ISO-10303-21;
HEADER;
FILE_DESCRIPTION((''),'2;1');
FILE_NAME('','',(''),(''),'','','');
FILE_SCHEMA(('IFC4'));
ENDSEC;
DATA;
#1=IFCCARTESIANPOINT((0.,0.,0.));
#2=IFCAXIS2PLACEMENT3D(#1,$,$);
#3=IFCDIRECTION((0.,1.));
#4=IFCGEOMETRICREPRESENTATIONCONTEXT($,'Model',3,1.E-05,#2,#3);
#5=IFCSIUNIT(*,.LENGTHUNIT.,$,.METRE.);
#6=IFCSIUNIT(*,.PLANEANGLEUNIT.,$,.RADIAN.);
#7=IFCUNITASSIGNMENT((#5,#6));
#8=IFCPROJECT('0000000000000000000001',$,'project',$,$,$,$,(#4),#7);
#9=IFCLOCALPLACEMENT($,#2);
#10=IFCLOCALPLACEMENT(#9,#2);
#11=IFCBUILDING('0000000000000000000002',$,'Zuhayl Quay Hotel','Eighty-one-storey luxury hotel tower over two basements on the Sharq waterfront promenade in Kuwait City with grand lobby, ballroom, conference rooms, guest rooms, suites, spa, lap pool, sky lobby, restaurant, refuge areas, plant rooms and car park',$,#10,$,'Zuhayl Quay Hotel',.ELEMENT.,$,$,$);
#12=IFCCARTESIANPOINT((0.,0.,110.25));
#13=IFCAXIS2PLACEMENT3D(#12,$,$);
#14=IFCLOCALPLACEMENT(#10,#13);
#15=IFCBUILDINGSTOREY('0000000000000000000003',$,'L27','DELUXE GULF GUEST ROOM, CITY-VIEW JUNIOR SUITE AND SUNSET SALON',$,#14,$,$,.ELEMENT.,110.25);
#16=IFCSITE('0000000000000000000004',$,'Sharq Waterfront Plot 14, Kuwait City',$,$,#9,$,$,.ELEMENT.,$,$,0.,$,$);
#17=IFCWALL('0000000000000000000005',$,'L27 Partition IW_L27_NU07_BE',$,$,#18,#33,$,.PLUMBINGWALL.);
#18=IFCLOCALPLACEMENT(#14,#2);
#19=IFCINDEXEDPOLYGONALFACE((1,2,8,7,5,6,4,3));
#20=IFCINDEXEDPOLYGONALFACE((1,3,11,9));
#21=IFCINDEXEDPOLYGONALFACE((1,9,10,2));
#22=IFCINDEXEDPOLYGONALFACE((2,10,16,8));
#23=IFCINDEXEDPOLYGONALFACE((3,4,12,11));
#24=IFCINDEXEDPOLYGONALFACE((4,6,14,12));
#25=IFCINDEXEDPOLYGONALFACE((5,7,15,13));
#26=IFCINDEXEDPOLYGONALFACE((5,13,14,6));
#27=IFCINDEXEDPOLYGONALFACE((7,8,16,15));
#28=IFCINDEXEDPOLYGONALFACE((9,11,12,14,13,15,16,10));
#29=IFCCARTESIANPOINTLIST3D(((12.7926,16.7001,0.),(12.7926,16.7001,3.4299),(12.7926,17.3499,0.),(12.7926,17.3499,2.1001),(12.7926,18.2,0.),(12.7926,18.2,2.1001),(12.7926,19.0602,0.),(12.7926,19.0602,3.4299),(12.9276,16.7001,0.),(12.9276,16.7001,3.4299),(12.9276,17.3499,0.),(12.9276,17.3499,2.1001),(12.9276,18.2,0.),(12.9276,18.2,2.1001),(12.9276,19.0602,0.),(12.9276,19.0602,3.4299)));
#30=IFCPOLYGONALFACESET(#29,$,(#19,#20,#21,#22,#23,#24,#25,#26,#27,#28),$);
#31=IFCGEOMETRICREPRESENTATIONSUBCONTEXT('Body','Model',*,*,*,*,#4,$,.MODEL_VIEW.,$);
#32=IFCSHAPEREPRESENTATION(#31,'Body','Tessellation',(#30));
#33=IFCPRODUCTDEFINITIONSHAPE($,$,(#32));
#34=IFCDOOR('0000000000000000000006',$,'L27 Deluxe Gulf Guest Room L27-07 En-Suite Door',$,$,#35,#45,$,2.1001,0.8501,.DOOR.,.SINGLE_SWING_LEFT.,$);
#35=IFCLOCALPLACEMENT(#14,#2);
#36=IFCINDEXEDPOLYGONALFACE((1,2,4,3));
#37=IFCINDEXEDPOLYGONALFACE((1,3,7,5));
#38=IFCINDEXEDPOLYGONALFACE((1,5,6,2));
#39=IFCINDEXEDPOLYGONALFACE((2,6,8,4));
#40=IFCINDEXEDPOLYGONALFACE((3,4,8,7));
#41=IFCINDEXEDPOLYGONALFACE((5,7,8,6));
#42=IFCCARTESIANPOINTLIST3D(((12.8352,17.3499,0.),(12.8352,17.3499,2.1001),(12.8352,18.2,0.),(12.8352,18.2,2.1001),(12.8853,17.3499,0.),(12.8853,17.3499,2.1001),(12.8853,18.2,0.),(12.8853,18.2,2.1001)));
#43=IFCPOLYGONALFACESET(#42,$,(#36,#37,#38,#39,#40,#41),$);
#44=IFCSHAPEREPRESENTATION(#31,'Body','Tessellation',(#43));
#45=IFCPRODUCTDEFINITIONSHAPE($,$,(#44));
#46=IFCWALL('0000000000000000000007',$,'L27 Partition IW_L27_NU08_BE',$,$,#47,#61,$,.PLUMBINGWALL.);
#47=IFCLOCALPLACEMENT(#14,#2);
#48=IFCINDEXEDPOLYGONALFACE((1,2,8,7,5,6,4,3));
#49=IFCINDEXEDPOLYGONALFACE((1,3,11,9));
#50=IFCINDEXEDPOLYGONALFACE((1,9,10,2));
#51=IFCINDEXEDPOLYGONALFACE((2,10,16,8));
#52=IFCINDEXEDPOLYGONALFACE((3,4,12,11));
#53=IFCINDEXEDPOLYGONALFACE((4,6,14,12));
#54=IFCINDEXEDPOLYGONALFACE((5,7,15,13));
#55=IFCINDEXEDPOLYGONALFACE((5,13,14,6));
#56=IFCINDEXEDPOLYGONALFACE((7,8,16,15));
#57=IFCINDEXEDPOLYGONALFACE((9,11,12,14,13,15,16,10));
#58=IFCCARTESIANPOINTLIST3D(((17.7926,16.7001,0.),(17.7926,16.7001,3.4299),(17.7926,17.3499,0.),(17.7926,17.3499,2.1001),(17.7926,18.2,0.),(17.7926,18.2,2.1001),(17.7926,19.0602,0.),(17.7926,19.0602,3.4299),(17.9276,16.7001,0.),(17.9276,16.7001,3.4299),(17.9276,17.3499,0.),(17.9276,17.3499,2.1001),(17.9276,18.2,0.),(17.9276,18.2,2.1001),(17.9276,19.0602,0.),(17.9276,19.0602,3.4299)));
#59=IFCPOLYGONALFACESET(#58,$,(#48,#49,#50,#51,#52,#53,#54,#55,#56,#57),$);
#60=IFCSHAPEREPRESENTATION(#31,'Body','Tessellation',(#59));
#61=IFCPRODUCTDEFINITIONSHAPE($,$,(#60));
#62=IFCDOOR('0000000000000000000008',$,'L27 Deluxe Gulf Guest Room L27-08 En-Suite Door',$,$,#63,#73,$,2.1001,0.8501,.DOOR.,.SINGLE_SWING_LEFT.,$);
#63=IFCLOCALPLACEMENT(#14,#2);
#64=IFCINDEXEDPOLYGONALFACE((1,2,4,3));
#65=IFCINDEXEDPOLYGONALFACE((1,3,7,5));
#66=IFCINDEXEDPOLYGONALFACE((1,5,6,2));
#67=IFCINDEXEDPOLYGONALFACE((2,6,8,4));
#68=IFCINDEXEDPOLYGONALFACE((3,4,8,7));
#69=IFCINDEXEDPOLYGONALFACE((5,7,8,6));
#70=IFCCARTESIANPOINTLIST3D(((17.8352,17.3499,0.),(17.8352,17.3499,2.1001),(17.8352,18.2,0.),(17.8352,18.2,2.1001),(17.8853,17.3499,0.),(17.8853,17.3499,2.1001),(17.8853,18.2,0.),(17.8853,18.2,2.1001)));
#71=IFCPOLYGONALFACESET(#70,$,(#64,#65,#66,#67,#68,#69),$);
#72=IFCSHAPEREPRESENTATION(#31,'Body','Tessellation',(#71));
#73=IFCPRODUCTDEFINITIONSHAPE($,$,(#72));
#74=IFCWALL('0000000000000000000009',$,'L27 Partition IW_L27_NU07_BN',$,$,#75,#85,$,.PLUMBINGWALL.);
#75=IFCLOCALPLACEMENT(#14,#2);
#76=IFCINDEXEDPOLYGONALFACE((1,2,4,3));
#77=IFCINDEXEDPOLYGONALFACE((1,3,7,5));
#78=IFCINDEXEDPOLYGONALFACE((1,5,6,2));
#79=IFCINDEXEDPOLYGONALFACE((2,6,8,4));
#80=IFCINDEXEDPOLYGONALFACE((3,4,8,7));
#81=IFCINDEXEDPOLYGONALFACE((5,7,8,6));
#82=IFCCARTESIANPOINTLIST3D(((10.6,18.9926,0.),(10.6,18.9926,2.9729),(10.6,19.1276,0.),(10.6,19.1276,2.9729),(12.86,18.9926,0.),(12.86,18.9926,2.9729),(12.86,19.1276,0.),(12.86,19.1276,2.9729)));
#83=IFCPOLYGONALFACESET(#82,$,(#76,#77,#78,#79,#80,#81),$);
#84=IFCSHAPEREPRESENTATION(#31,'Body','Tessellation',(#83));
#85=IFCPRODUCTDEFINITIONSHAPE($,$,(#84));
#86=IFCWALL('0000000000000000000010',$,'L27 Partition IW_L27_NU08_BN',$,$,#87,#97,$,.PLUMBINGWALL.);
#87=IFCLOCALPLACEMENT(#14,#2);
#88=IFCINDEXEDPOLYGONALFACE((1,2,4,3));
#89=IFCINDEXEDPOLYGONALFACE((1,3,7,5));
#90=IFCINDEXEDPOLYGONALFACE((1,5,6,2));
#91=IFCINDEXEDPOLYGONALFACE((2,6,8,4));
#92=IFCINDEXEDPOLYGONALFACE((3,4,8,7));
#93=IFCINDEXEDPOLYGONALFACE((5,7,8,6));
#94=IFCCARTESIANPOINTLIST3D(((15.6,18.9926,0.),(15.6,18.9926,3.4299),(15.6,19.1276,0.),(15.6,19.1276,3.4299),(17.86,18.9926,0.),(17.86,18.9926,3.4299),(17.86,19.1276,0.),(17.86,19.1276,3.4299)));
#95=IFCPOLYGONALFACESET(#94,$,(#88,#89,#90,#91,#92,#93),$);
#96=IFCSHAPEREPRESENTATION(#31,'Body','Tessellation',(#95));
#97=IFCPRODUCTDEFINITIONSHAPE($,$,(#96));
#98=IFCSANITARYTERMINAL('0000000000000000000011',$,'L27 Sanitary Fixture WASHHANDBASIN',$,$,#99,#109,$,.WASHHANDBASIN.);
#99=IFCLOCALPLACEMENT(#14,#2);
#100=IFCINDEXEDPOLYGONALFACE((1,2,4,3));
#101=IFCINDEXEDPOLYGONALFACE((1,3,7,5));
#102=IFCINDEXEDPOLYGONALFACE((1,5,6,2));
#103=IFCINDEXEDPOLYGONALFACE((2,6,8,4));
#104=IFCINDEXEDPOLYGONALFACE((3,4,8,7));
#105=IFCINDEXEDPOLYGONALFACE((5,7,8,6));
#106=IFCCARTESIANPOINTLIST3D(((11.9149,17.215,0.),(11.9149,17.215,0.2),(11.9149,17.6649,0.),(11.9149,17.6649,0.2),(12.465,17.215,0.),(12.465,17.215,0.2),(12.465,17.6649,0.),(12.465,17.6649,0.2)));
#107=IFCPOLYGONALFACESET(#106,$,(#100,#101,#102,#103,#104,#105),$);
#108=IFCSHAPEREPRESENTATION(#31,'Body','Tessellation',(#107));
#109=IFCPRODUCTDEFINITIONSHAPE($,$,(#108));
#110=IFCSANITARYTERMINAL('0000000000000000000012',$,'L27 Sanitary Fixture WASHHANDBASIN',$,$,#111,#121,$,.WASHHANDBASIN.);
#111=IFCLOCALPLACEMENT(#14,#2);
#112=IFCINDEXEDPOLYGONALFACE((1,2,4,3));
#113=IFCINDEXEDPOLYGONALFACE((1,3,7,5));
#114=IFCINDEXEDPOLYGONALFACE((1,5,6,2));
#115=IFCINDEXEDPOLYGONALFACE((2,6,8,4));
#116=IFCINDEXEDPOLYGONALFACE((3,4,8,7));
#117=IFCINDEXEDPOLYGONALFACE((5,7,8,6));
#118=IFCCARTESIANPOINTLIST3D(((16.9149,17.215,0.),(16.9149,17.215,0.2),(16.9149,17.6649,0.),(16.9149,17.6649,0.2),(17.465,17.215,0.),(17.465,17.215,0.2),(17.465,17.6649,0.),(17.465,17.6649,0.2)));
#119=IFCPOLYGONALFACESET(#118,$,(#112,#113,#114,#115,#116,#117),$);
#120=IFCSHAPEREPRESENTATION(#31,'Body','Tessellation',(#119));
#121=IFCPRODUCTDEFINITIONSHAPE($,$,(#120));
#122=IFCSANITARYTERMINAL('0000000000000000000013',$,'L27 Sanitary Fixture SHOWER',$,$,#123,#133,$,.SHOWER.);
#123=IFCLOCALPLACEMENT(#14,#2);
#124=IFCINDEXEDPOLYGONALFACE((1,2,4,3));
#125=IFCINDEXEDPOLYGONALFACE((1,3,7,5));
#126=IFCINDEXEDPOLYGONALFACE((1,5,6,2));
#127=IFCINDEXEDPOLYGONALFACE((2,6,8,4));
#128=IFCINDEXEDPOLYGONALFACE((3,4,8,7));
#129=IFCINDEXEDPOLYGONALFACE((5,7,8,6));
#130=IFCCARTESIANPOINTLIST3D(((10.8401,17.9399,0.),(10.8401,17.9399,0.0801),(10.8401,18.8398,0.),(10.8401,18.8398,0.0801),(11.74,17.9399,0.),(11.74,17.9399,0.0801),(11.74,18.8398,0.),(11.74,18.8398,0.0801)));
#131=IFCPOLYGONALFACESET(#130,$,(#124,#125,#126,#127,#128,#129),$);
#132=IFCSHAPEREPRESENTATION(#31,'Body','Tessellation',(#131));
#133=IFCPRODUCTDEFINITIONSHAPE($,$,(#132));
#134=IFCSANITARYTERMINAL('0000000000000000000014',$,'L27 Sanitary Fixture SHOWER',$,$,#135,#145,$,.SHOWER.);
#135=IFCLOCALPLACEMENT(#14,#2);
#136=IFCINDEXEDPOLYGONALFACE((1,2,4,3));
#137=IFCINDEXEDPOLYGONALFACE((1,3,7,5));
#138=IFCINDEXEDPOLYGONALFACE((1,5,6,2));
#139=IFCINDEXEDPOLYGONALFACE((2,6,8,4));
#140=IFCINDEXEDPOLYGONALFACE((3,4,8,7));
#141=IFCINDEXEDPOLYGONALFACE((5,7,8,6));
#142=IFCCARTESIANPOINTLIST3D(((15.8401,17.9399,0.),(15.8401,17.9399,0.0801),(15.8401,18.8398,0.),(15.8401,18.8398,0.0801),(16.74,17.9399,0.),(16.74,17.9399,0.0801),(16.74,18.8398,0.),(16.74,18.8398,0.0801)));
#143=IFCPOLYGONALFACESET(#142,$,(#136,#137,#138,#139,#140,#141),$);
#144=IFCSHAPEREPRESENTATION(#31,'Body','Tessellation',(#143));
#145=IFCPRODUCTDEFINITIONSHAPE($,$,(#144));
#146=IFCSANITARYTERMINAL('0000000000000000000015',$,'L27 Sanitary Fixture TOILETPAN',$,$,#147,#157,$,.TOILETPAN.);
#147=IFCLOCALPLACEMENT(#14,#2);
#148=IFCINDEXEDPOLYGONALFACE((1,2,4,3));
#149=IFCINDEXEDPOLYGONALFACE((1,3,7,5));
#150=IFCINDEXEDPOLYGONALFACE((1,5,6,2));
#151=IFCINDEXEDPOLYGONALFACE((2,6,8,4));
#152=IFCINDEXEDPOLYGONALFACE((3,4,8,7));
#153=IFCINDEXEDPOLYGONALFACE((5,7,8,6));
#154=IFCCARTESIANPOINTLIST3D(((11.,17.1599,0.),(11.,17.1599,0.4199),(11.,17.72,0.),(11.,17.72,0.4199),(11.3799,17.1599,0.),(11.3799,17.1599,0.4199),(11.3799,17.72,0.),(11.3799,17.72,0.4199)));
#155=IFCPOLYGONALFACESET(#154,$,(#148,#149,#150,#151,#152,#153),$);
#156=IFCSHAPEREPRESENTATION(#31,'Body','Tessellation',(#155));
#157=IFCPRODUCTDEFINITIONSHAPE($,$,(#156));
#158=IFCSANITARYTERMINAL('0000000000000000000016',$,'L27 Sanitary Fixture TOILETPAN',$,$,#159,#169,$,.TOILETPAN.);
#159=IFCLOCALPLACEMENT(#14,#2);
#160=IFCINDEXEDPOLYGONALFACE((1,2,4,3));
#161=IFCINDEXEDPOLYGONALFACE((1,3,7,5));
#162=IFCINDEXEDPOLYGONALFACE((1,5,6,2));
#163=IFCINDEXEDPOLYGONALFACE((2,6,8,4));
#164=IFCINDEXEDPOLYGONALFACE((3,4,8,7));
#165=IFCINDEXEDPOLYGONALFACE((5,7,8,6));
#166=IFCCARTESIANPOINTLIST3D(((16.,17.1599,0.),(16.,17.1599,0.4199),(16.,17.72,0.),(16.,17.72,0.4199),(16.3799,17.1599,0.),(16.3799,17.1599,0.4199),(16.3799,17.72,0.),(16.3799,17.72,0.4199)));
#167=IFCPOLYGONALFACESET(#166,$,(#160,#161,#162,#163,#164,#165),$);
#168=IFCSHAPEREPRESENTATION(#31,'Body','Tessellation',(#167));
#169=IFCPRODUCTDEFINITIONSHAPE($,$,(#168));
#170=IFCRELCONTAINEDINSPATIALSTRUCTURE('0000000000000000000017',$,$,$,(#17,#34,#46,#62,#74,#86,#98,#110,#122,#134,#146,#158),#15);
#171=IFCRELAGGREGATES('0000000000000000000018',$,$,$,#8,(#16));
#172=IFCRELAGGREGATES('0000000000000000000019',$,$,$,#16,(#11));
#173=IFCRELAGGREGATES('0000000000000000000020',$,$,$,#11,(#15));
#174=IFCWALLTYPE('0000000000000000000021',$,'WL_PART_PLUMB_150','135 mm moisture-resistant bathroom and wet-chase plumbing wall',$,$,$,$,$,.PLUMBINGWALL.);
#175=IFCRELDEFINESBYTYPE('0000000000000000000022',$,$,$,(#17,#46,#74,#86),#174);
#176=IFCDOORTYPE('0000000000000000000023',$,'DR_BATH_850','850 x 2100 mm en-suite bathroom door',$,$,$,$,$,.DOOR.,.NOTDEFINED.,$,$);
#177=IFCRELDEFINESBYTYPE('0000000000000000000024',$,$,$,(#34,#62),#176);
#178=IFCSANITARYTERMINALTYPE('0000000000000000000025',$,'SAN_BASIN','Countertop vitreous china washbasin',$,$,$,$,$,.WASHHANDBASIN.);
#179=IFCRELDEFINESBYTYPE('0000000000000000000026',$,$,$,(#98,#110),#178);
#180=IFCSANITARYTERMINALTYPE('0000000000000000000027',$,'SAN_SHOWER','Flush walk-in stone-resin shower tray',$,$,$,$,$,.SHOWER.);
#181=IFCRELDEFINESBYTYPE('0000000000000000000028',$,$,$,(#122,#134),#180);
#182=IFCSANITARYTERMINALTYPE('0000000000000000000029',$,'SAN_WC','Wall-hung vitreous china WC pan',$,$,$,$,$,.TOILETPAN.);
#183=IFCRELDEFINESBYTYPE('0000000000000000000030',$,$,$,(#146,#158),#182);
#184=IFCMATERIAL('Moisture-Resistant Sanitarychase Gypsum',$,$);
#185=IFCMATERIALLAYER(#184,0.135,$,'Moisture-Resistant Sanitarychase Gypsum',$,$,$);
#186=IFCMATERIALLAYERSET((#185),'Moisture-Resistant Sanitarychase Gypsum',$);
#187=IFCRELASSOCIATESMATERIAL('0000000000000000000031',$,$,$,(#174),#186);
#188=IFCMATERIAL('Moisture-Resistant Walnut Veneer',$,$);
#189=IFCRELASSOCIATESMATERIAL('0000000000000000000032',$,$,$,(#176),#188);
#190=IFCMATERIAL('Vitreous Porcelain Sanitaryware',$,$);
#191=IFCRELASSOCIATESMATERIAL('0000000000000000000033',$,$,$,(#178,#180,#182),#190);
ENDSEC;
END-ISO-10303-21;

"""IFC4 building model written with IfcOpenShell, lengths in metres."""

from ifc_helpers import new_model, si_unit, direction, frame, frame_2d, origin, origin_2d, place, context, subcontext, project, spatial, rectangle, extrude, material, layer, layer_set, type_object, element, fill, save


model = new_model("IFC4")

# Units and contexts
model_context = context("Model", 3, precision=1e-05, world=origin(), true_north=direction((0.0, 1.0)))
body_context = subcontext(model_context, "Body", "Model", "MODEL_VIEW")
ifc_project = project(units=[si_unit("LENGTHUNIT", "METRE"), si_unit("PLANEANGLEUNIT", "RADIAN")], contexts=[model_context])

# Site, building, storey
site_placement = place(None, origin())
site = spatial("IfcSite", under=ifc_project, at=site_placement, Name="Sharq Waterfront Plot 14, Kuwait City", CompositionType="ELEMENT", RefElevation=0.0)
building_placement = place(site_placement, origin())
building = spatial("IfcBuilding", under=site, at=building_placement, Name="Zuhayl Quay Hotel", Description="Eighty-one-storey luxury hotel tower over two basements on the Sharq waterfront promenade in Kuwait City with grand lobby, ballroom, conference rooms, guest rooms, suites, spa, lap pool, sky lobby, restaurant, refuge areas, plant rooms and car park", LongName="Zuhayl Quay Hotel", CompositionType="ELEMENT")
storey_placement = place(building_placement, frame((0.0, 0.0, 110.25)))
storey = spatial("IfcBuildingStorey", under=building, at=storey_placement, Name="L27", Description="DELUXE GULF GUEST ROOM, CITY-VIEW JUNIOR SUITE AND SUNSET SALON", CompositionType="ELEMENT", Elevation=110.25)

# Walls, openings, doors
ifc_material_1 = material(Name="Moisture-Resistant Sanitarychase Gypsum")
ifc_layer_1 = layer(ifc_material_1, 0.135, Name="Moisture-Resistant Sanitarychase Gypsum")
ifc_layer_set_1 = layer_set([ifc_layer_1], Name="Moisture-Resistant Sanitarychase Gypsum")
wall_type_1 = type_object("IfcWallType", Name="WL_PART_PLUMB_150", Description="135 mm moisture-resistant bathroom and wet-chase plumbing wall", PredefinedType="PLUMBINGWALL", material=ifc_layer_set_1)
wall_1_placement = place(storey_placement, frame((12.8601, 16.7, 0.0), z_axis=(0.0, 0.0, 1.0), x_axis=(0.0, 1.0, 0.0)))
wall_1 = element("IfcWall", 1, at=wall_1_placement, inside=storey, type_object=wall_type_1, Name="L27 Partition IW_L27_NU07_BE", PredefinedType="PLUMBINGWALL", context=body_context, shape_type="SweptSolid", body=[
    extrude(rectangle(XDim=2.3601, YDim=0.135, at=frame_2d((1.1802, 0.0))), origin(), (0.0, 0.0, 1.0), 3.4299),
])
opening_1_placement = place(wall_1_placement, frame((0.6499, 0.0, 0.0)))
opening_1 = element("IfcOpeningElement", 2, at=opening_1_placement, cuts=wall_1, PredefinedType="OPENING", context=body_context, shape_type="SweptSolid", body=[
    extrude(rectangle(XDim=0.8501, YDim=2.1001, at=frame_2d((0.425, 1.05))), frame((0.0, 0.0774, 0.0), z_axis=(0.0, -1.0, 0.0), x_axis=(1.0, 0.0, 0.0)), (0.0, 0.0, 1.0), 0.155),
])
ifc_material_2 = material(Name="Moisture-Resistant Walnut Veneer")
door_type_1 = type_object("IfcDoorType", Name="DR_BATH_850", Description="850 x 2100 mm en-suite bathroom door", OperationType="NOTDEFINED", PredefinedType="DOOR", material=ifc_material_2)
door_1_placement = place(opening_1_placement, origin())
door_1 = element("IfcDoor", 3, at=door_1_placement, inside=storey, type_object=door_type_1, Name="L27 Deluxe Gulf Guest Room L27-07 En-Suite Door", OperationType="SINGLE_SWING_LEFT", OverallHeight=2.1001, OverallWidth=0.8501, PredefinedType="DOOR", context=body_context, shape_type="SweptSolid", body=[
    extrude(rectangle(XDim=0.8501, YDim=2.1001, at=frame_2d((0.425, 1.05))), frame((0.0, 0.0249, 0.0), z_axis=(0.0, -1.0, 0.0), x_axis=(1.0, 0.0, 0.0)), (0.0, 0.0, 1.0), 0.05),
])
fill(opening_1, door_1)
wall_2_placement = place(storey_placement, frame((17.8601, 16.7, 0.0), z_axis=(0.0, 0.0, 1.0), x_axis=(0.0, 1.0, 0.0)))
wall_2 = element("IfcWall", 4, at=wall_2_placement, inside=storey, type_object=wall_type_1, Name="L27 Partition IW_L27_NU08_BE", PredefinedType="PLUMBINGWALL", context=body_context, shape_type="SweptSolid", body=[
    extrude(rectangle(XDim=2.3601, YDim=0.135, at=frame_2d((1.1802, 0.0))), origin(), (0.0, 0.0, 1.0), 3.4299),
])
opening_2_placement = place(wall_2_placement, frame((0.6499, 0.0, 0.0)))
opening_2 = element("IfcOpeningElement", 5, at=opening_2_placement, cuts=wall_2, PredefinedType="OPENING", context=body_context, shape_type="SweptSolid", body=[
    extrude(rectangle(XDim=0.8501, YDim=2.1001, at=frame_2d((0.425, 1.05))), frame((0.0, 0.0774, 0.0), z_axis=(0.0, -1.0, 0.0), x_axis=(1.0, 0.0, 0.0)), (0.0, 0.0, 1.0), 0.155),
])
door_2_placement = place(opening_2_placement, origin())
door_2 = element("IfcDoor", 6, at=door_2_placement, inside=storey, type_object=door_type_1, Name="L27 Deluxe Gulf Guest Room L27-08 En-Suite Door", OperationType="SINGLE_SWING_LEFT", OverallHeight=2.1001, OverallWidth=0.8501, PredefinedType="DOOR", context=body_context, shape_type="SweptSolid", body=[
    extrude(rectangle(XDim=0.8501, YDim=2.1001, at=frame_2d((0.425, 1.05))), frame((0.0, 0.0249, 0.0), z_axis=(0.0, -1.0, 0.0), x_axis=(1.0, 0.0, 0.0)), (0.0, 0.0, 1.0), 0.05),
])
fill(opening_2, door_2)

# Walls
wall_3_placement = place(storey_placement, frame((10.6001, 19.0601, 0.0), z_axis=(0.0, 0.0, 1.0), x_axis=(1.0, 0.0, 0.0)))
element("IfcWall", 7, at=wall_3_placement, inside=storey, type_object=wall_type_1, Name="L27 Partition IW_L27_NU07_BN", PredefinedType="PLUMBINGWALL", context=body_context, shape_type="SweptSolid", body=[
    extrude(rectangle(XDim=2.26, YDim=0.135, at=frame_2d((1.1299, 0.0))), origin(), (0.0, 0.0, 1.0), 2.9729),
])
wall_4_placement = place(storey_placement, frame((15.6001, 19.0601, 0.0), z_axis=(0.0, 0.0, 1.0), x_axis=(1.0, 0.0, 0.0)))
element("IfcWall", 8, at=wall_4_placement, inside=storey, type_object=wall_type_1, Name="L27 Partition IW_L27_NU08_BN", PredefinedType="PLUMBINGWALL", context=body_context, shape_type="SweptSolid", body=[
    extrude(rectangle(XDim=2.26, YDim=0.135, at=frame_2d((1.1299, 0.0))), origin(), (0.0, 0.0, 1.0), 3.4299),
])

# Sanitary terminals
ifc_material_3 = material(Name="Vitreous Porcelain Sanitaryware")
sanitary_terminal_type_1 = type_object("IfcSanitaryTerminalType", Name="SAN_BASIN", Description="Countertop vitreous china washbasin", PredefinedType="WASHHANDBASIN", material=ifc_material_3)
for number, where, z_axis, x_axis, name in (
    (9, (12.1899, 17.4399, 0.0), (0.0, 0.0, 1.0), (1.0, 0.0, 0.0), "L27 Sanitary Fixture WASHHANDBASIN"),
    (10, (17.1899, 17.4399, 0.0), (0.0, 0.0, 1.0), (1.0, 0.0, 0.0), "L27 Sanitary Fixture WASHHANDBASIN"),
):
    element("IfcSanitaryTerminal", number, at=place(storey_placement, frame(where, z_axis=z_axis, x_axis=x_axis)), inside=storey, type_object=sanitary_terminal_type_1, Name=name, PredefinedType="WASHHANDBASIN", context=body_context, shape_type="SweptSolid", body=[
        extrude(rectangle(XDim=0.55, YDim=0.45, at=origin_2d()), origin(), (0.0, 0.0, 1.0), 0.2),
    ])
sanitary_terminal_type_2 = type_object("IfcSanitaryTerminalType", Name="SAN_SHOWER", Description="Flush walk-in stone-resin shower tray", PredefinedType="SHOWER", material=ifc_material_3)
for number, where, z_axis, x_axis, name in (
    (11, (11.29, 18.3899, 0.0), (0.0, 0.0, 1.0), (1.0, 0.0, 0.0), "L27 Sanitary Fixture SHOWER"),
    (12, (16.29, 18.3899, 0.0), (0.0, 0.0, 1.0), (1.0, 0.0, 0.0), "L27 Sanitary Fixture SHOWER"),
):
    element("IfcSanitaryTerminal", number, at=place(storey_placement, frame(where, z_axis=z_axis, x_axis=x_axis)), inside=storey, type_object=sanitary_terminal_type_2, Name=name, PredefinedType="SHOWER", context=body_context, shape_type="SweptSolid", body=[
        extrude(rectangle(XDim=0.8999, YDim=0.8999, at=origin_2d()), origin(), (0.0, 0.0, 1.0), 0.0801),
    ])
sanitary_terminal_type_3 = type_object("IfcSanitaryTerminalType", Name="SAN_WC", Description="Wall-hung vitreous china WC pan", PredefinedType="TOILETPAN", material=ifc_material_3)
for number, where, z_axis, x_axis, name in (
    (13, (11.1899, 17.4399, 0.0), (0.0, 0.0, 1.0), (1.0, 0.0, 0.0), "L27 Sanitary Fixture TOILETPAN"),
    (14, (16.1899, 17.4399, 0.0), (0.0, 0.0, 1.0), (1.0, 0.0, 0.0), "L27 Sanitary Fixture TOILETPAN"),
):
    element("IfcSanitaryTerminal", number, at=place(storey_placement, frame(where, z_axis=z_axis, x_axis=x_axis)), inside=storey, type_object=sanitary_terminal_type_3, Name=name, PredefinedType="TOILETPAN", context=body_context, shape_type="SweptSolid", body=[
        extrude(rectangle(XDim=0.3799, YDim=0.5601, at=origin_2d()), origin(), (0.0, 0.0, 1.0), 0.4199),
    ])

save(model, "model.ifc")
